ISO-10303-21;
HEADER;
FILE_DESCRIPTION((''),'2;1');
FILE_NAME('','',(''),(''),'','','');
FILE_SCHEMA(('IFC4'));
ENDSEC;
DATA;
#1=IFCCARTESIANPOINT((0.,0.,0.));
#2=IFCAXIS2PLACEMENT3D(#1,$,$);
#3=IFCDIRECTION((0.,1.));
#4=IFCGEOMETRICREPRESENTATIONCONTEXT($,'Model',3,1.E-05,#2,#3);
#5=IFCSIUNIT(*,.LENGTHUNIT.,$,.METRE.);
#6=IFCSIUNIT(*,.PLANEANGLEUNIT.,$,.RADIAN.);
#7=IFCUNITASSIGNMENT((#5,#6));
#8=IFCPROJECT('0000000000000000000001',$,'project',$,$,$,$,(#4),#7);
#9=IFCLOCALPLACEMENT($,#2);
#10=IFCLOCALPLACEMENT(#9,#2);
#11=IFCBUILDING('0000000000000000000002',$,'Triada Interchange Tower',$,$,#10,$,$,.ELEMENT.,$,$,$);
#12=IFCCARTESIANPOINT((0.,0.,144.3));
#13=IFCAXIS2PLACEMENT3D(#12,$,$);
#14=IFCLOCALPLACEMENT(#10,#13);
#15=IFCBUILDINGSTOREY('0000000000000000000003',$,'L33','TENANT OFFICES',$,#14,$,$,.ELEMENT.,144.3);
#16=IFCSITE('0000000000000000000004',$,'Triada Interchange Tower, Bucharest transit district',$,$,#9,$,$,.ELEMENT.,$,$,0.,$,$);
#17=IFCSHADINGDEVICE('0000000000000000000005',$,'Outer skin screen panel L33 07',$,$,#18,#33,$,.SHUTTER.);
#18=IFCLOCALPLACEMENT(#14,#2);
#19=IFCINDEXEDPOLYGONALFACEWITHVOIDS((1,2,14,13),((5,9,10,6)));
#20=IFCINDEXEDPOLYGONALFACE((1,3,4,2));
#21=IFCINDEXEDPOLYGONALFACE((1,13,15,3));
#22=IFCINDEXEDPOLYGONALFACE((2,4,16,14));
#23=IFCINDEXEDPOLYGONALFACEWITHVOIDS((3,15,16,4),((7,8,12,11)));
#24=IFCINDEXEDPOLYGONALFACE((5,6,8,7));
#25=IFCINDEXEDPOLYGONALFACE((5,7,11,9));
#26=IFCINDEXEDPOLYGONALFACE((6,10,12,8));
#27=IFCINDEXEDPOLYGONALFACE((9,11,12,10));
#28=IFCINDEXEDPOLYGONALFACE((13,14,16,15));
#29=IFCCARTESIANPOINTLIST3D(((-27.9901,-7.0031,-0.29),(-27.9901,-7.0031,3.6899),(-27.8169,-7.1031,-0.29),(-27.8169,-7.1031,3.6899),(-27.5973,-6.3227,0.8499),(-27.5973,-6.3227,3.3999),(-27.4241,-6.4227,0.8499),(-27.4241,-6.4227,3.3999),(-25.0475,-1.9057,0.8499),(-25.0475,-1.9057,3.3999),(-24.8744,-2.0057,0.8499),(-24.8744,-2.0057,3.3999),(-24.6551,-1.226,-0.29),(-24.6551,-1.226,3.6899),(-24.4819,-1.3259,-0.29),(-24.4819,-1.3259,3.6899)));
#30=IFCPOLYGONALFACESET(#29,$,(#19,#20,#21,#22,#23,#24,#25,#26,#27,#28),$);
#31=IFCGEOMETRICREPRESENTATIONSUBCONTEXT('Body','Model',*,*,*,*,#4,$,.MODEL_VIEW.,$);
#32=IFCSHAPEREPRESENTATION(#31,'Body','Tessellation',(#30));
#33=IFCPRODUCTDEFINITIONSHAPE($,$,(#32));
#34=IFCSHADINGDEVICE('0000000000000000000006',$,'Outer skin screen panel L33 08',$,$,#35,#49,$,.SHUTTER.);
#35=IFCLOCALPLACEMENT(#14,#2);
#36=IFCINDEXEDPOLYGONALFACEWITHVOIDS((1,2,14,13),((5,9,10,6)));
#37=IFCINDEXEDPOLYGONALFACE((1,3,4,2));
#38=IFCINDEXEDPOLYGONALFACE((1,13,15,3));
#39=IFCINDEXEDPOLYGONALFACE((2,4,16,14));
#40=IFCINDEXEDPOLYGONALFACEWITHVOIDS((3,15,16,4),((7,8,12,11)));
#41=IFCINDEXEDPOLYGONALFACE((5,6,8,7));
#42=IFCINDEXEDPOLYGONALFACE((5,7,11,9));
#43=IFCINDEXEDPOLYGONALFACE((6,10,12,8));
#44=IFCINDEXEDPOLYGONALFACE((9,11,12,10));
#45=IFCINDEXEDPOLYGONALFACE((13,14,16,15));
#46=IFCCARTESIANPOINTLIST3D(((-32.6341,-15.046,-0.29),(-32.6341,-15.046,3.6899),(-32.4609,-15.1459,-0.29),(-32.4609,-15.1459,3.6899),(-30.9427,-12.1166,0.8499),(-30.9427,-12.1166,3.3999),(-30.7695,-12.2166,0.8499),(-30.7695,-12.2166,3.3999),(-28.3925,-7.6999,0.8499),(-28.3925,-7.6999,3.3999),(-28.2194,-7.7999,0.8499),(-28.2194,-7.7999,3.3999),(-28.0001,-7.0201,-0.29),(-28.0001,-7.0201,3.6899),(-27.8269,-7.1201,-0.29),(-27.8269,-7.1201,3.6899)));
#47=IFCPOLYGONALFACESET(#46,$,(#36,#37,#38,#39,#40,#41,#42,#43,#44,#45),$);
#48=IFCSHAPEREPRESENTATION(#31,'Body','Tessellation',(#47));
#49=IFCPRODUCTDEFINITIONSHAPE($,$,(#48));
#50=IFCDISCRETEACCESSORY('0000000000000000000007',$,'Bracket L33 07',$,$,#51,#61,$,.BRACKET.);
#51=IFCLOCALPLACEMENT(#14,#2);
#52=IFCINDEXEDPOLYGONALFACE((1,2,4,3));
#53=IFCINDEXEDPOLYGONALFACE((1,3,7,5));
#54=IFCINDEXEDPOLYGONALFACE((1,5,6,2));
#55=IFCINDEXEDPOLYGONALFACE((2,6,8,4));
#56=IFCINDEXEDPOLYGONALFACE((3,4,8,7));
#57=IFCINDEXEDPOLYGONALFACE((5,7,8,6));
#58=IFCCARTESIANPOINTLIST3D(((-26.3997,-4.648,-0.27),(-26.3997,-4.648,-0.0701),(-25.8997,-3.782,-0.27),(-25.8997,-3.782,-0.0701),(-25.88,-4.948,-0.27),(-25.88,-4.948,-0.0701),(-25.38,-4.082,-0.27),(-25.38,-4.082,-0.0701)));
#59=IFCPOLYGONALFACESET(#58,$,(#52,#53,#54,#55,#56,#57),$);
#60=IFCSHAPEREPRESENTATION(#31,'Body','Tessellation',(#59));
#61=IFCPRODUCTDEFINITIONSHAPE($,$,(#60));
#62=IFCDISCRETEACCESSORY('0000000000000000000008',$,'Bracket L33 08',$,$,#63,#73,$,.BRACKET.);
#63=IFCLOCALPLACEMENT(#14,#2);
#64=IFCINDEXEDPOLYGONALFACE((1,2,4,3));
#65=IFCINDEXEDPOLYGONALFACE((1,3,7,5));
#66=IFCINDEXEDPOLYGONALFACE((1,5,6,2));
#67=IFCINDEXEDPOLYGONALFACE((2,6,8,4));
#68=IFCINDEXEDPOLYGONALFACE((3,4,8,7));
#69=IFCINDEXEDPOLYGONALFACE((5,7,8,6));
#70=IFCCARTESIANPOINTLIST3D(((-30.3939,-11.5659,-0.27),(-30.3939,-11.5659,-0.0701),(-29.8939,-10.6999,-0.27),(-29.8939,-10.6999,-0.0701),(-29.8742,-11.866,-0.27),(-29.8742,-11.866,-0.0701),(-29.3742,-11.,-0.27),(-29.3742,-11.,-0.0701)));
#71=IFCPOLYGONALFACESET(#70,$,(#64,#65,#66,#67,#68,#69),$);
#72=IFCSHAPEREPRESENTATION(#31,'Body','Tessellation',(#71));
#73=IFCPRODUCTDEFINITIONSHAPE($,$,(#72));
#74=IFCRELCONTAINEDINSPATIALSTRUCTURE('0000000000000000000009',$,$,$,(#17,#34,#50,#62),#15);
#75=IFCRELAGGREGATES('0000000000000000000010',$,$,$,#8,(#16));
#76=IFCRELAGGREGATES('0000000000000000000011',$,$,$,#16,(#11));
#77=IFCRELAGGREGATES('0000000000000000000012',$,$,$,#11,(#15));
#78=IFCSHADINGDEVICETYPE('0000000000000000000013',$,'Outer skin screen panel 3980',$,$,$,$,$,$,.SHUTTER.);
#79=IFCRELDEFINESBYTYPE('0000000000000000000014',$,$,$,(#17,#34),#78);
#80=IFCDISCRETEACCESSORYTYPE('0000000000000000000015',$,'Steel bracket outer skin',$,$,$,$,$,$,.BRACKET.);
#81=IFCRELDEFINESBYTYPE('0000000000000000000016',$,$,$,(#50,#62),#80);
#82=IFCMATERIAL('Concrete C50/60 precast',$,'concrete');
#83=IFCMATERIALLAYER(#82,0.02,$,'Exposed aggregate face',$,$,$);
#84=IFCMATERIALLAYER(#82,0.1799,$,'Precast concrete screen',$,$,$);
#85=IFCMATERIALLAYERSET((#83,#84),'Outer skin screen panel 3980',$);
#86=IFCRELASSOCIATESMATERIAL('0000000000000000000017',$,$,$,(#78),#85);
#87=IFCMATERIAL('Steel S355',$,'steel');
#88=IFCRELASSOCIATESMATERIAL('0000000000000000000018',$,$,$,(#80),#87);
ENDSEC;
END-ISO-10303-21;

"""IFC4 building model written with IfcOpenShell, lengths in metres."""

from ifc_helpers import new_model, si_unit, direction, frame, origin, origin_2d, place, context, subcontext, project, spatial, polyline, rectangle, outline, extrude, material, layer, layer_set, type_object, element, save


model = new_model("IFC4")

# Units and contexts
model_context = context("Model", 3, precision=1e-05, world=origin(), true_north=direction((0.0, 1.0)))
body_context = subcontext(model_context, "Body", "Model", "MODEL_VIEW")
ifc_project = project(units=[si_unit("LENGTHUNIT", "METRE"), si_unit("PLANEANGLEUNIT", "RADIAN")], contexts=[model_context])

# Site, building, storey
site_placement = place(None, origin())
site = spatial("IfcSite", under=ifc_project, at=site_placement, Name="Triada Interchange Tower, Bucharest transit district", CompositionType="ELEMENT", RefElevation=0.0)
building_placement = place(site_placement, origin())
building = spatial("IfcBuilding", under=site, at=building_placement, Name="Triada Interchange Tower", CompositionType="ELEMENT")
storey_placement = place(building_placement, frame((0.0, 0.0, 144.3)))
storey = spatial("IfcBuildingStorey", under=building, at=storey_placement, Name="L33", Description="TENANT OFFICES", CompositionType="ELEMENT", Elevation=144.3)

# Shading devices
ifc_material_1 = material(Name="Concrete C50/60 precast", Category="concrete")
ifc_layer_1 = layer(ifc_material_1, 0.02, Name="Exposed aggregate face")
ifc_layer_2 = layer(ifc_material_1, 0.1799, Name="Precast concrete screen")
ifc_layer_set_1 = layer_set([ifc_layer_1, ifc_layer_2], Name="Outer skin screen panel 3980")
shading_device_type = type_object("IfcShadingDeviceType", Name="Outer skin screen panel 3980", PredefinedType="SHUTTER", material=ifc_layer_set_1)
shading_device_1_placement = place(storey_placement, frame((-24.4819, -1.3259, -0.29), z_axis=(0.0, 0.0, 1.0), x_axis=(-0.49995, -0.866055, 0.0)))
element("IfcShadingDevice", 1, at=shading_device_1_placement, inside=storey, type_object=shading_device_type, Name="Outer skin screen panel L33 07", PredefinedType="SHUTTER", context=body_context, shape_type="SweptSolid", body=[
    extrude(outline(polyline([(0.0, 0.0), (6.6707, 0.0), (6.6707, 3.98), (0.0, 3.98), (0.0, 0.0)]), holes=[polyline([(0.7849, 1.1399), (0.7849, 3.6899), (5.885, 3.6899), (5.885, 1.1399), (0.7849, 1.1399)])]), frame((0.0, 0.0, 0.0), z_axis=(0.0, -1.0, 0.0), x_axis=(1.0, 0.0, 0.0)), (0.0, 0.0, 1.0), 0.2),
])
shading_device_2_placement = place(storey_placement, frame((-27.8269, -7.1201, -0.29), z_axis=(0.0, 0.0, 1.0), x_axis=(-0.500023, -0.866012, 0.0)))
element("IfcShadingDevice", 2, at=shading_device_2_placement, inside=storey, type_object=shading_device_type, Name="Outer skin screen panel L33 08", PredefinedType="SHUTTER", context=body_context, shape_type="SweptSolid", body=[
    extrude(outline(polyline([(0.0, 0.0), (9.2676, 0.0), (9.2676, 3.98), (0.0, 3.98), (0.0, 0.0)]), holes=[polyline([(0.7849, 1.1399), (0.7849, 3.6899), (5.885, 3.6899), (5.885, 1.1399), (0.7849, 1.1399)])]), frame((0.0, 0.0, 0.0), z_axis=(0.0, -1.0, 0.0), x_axis=(1.0, 0.0, 0.0)), (0.0, 0.0, 1.0), 0.2),
])

# Discrete accessories
ifc_material_2 = material(Name="Steel S355", Category="steel")
discrete_accessory_type = type_object("IfcDiscreteAccessoryType", Name="Steel bracket outer skin", PredefinedType="BRACKET", material=ifc_material_2)
for number, where, z_axis, x_axis, name in (
    (3, (-25.8899, -4.365, -0.27), (0.0, 0.0, 1.0), (-0.866021, 0.500007, 0.0), "Bracket L33 07"),
    (4, (-29.884, -11.283, -0.27), (0.0, 0.0, 1.0), (-0.866021, 0.500007, 0.0), "Bracket L33 08"),
):
    element("IfcDiscreteAccessory", number, at=place(storey_placement, frame(where, z_axis=z_axis, x_axis=x_axis)), inside=storey, type_object=discrete_accessory_type, Name=name, PredefinedType="BRACKET", context=body_context, shape_type="SweptSolid", body=[
        extrude(rectangle(XDim=0.6001, YDim=1.0, at=origin_2d()), origin(), (0.0, 0.0, 1.0), 0.2),
    ])

save(model, "model.ifc")
